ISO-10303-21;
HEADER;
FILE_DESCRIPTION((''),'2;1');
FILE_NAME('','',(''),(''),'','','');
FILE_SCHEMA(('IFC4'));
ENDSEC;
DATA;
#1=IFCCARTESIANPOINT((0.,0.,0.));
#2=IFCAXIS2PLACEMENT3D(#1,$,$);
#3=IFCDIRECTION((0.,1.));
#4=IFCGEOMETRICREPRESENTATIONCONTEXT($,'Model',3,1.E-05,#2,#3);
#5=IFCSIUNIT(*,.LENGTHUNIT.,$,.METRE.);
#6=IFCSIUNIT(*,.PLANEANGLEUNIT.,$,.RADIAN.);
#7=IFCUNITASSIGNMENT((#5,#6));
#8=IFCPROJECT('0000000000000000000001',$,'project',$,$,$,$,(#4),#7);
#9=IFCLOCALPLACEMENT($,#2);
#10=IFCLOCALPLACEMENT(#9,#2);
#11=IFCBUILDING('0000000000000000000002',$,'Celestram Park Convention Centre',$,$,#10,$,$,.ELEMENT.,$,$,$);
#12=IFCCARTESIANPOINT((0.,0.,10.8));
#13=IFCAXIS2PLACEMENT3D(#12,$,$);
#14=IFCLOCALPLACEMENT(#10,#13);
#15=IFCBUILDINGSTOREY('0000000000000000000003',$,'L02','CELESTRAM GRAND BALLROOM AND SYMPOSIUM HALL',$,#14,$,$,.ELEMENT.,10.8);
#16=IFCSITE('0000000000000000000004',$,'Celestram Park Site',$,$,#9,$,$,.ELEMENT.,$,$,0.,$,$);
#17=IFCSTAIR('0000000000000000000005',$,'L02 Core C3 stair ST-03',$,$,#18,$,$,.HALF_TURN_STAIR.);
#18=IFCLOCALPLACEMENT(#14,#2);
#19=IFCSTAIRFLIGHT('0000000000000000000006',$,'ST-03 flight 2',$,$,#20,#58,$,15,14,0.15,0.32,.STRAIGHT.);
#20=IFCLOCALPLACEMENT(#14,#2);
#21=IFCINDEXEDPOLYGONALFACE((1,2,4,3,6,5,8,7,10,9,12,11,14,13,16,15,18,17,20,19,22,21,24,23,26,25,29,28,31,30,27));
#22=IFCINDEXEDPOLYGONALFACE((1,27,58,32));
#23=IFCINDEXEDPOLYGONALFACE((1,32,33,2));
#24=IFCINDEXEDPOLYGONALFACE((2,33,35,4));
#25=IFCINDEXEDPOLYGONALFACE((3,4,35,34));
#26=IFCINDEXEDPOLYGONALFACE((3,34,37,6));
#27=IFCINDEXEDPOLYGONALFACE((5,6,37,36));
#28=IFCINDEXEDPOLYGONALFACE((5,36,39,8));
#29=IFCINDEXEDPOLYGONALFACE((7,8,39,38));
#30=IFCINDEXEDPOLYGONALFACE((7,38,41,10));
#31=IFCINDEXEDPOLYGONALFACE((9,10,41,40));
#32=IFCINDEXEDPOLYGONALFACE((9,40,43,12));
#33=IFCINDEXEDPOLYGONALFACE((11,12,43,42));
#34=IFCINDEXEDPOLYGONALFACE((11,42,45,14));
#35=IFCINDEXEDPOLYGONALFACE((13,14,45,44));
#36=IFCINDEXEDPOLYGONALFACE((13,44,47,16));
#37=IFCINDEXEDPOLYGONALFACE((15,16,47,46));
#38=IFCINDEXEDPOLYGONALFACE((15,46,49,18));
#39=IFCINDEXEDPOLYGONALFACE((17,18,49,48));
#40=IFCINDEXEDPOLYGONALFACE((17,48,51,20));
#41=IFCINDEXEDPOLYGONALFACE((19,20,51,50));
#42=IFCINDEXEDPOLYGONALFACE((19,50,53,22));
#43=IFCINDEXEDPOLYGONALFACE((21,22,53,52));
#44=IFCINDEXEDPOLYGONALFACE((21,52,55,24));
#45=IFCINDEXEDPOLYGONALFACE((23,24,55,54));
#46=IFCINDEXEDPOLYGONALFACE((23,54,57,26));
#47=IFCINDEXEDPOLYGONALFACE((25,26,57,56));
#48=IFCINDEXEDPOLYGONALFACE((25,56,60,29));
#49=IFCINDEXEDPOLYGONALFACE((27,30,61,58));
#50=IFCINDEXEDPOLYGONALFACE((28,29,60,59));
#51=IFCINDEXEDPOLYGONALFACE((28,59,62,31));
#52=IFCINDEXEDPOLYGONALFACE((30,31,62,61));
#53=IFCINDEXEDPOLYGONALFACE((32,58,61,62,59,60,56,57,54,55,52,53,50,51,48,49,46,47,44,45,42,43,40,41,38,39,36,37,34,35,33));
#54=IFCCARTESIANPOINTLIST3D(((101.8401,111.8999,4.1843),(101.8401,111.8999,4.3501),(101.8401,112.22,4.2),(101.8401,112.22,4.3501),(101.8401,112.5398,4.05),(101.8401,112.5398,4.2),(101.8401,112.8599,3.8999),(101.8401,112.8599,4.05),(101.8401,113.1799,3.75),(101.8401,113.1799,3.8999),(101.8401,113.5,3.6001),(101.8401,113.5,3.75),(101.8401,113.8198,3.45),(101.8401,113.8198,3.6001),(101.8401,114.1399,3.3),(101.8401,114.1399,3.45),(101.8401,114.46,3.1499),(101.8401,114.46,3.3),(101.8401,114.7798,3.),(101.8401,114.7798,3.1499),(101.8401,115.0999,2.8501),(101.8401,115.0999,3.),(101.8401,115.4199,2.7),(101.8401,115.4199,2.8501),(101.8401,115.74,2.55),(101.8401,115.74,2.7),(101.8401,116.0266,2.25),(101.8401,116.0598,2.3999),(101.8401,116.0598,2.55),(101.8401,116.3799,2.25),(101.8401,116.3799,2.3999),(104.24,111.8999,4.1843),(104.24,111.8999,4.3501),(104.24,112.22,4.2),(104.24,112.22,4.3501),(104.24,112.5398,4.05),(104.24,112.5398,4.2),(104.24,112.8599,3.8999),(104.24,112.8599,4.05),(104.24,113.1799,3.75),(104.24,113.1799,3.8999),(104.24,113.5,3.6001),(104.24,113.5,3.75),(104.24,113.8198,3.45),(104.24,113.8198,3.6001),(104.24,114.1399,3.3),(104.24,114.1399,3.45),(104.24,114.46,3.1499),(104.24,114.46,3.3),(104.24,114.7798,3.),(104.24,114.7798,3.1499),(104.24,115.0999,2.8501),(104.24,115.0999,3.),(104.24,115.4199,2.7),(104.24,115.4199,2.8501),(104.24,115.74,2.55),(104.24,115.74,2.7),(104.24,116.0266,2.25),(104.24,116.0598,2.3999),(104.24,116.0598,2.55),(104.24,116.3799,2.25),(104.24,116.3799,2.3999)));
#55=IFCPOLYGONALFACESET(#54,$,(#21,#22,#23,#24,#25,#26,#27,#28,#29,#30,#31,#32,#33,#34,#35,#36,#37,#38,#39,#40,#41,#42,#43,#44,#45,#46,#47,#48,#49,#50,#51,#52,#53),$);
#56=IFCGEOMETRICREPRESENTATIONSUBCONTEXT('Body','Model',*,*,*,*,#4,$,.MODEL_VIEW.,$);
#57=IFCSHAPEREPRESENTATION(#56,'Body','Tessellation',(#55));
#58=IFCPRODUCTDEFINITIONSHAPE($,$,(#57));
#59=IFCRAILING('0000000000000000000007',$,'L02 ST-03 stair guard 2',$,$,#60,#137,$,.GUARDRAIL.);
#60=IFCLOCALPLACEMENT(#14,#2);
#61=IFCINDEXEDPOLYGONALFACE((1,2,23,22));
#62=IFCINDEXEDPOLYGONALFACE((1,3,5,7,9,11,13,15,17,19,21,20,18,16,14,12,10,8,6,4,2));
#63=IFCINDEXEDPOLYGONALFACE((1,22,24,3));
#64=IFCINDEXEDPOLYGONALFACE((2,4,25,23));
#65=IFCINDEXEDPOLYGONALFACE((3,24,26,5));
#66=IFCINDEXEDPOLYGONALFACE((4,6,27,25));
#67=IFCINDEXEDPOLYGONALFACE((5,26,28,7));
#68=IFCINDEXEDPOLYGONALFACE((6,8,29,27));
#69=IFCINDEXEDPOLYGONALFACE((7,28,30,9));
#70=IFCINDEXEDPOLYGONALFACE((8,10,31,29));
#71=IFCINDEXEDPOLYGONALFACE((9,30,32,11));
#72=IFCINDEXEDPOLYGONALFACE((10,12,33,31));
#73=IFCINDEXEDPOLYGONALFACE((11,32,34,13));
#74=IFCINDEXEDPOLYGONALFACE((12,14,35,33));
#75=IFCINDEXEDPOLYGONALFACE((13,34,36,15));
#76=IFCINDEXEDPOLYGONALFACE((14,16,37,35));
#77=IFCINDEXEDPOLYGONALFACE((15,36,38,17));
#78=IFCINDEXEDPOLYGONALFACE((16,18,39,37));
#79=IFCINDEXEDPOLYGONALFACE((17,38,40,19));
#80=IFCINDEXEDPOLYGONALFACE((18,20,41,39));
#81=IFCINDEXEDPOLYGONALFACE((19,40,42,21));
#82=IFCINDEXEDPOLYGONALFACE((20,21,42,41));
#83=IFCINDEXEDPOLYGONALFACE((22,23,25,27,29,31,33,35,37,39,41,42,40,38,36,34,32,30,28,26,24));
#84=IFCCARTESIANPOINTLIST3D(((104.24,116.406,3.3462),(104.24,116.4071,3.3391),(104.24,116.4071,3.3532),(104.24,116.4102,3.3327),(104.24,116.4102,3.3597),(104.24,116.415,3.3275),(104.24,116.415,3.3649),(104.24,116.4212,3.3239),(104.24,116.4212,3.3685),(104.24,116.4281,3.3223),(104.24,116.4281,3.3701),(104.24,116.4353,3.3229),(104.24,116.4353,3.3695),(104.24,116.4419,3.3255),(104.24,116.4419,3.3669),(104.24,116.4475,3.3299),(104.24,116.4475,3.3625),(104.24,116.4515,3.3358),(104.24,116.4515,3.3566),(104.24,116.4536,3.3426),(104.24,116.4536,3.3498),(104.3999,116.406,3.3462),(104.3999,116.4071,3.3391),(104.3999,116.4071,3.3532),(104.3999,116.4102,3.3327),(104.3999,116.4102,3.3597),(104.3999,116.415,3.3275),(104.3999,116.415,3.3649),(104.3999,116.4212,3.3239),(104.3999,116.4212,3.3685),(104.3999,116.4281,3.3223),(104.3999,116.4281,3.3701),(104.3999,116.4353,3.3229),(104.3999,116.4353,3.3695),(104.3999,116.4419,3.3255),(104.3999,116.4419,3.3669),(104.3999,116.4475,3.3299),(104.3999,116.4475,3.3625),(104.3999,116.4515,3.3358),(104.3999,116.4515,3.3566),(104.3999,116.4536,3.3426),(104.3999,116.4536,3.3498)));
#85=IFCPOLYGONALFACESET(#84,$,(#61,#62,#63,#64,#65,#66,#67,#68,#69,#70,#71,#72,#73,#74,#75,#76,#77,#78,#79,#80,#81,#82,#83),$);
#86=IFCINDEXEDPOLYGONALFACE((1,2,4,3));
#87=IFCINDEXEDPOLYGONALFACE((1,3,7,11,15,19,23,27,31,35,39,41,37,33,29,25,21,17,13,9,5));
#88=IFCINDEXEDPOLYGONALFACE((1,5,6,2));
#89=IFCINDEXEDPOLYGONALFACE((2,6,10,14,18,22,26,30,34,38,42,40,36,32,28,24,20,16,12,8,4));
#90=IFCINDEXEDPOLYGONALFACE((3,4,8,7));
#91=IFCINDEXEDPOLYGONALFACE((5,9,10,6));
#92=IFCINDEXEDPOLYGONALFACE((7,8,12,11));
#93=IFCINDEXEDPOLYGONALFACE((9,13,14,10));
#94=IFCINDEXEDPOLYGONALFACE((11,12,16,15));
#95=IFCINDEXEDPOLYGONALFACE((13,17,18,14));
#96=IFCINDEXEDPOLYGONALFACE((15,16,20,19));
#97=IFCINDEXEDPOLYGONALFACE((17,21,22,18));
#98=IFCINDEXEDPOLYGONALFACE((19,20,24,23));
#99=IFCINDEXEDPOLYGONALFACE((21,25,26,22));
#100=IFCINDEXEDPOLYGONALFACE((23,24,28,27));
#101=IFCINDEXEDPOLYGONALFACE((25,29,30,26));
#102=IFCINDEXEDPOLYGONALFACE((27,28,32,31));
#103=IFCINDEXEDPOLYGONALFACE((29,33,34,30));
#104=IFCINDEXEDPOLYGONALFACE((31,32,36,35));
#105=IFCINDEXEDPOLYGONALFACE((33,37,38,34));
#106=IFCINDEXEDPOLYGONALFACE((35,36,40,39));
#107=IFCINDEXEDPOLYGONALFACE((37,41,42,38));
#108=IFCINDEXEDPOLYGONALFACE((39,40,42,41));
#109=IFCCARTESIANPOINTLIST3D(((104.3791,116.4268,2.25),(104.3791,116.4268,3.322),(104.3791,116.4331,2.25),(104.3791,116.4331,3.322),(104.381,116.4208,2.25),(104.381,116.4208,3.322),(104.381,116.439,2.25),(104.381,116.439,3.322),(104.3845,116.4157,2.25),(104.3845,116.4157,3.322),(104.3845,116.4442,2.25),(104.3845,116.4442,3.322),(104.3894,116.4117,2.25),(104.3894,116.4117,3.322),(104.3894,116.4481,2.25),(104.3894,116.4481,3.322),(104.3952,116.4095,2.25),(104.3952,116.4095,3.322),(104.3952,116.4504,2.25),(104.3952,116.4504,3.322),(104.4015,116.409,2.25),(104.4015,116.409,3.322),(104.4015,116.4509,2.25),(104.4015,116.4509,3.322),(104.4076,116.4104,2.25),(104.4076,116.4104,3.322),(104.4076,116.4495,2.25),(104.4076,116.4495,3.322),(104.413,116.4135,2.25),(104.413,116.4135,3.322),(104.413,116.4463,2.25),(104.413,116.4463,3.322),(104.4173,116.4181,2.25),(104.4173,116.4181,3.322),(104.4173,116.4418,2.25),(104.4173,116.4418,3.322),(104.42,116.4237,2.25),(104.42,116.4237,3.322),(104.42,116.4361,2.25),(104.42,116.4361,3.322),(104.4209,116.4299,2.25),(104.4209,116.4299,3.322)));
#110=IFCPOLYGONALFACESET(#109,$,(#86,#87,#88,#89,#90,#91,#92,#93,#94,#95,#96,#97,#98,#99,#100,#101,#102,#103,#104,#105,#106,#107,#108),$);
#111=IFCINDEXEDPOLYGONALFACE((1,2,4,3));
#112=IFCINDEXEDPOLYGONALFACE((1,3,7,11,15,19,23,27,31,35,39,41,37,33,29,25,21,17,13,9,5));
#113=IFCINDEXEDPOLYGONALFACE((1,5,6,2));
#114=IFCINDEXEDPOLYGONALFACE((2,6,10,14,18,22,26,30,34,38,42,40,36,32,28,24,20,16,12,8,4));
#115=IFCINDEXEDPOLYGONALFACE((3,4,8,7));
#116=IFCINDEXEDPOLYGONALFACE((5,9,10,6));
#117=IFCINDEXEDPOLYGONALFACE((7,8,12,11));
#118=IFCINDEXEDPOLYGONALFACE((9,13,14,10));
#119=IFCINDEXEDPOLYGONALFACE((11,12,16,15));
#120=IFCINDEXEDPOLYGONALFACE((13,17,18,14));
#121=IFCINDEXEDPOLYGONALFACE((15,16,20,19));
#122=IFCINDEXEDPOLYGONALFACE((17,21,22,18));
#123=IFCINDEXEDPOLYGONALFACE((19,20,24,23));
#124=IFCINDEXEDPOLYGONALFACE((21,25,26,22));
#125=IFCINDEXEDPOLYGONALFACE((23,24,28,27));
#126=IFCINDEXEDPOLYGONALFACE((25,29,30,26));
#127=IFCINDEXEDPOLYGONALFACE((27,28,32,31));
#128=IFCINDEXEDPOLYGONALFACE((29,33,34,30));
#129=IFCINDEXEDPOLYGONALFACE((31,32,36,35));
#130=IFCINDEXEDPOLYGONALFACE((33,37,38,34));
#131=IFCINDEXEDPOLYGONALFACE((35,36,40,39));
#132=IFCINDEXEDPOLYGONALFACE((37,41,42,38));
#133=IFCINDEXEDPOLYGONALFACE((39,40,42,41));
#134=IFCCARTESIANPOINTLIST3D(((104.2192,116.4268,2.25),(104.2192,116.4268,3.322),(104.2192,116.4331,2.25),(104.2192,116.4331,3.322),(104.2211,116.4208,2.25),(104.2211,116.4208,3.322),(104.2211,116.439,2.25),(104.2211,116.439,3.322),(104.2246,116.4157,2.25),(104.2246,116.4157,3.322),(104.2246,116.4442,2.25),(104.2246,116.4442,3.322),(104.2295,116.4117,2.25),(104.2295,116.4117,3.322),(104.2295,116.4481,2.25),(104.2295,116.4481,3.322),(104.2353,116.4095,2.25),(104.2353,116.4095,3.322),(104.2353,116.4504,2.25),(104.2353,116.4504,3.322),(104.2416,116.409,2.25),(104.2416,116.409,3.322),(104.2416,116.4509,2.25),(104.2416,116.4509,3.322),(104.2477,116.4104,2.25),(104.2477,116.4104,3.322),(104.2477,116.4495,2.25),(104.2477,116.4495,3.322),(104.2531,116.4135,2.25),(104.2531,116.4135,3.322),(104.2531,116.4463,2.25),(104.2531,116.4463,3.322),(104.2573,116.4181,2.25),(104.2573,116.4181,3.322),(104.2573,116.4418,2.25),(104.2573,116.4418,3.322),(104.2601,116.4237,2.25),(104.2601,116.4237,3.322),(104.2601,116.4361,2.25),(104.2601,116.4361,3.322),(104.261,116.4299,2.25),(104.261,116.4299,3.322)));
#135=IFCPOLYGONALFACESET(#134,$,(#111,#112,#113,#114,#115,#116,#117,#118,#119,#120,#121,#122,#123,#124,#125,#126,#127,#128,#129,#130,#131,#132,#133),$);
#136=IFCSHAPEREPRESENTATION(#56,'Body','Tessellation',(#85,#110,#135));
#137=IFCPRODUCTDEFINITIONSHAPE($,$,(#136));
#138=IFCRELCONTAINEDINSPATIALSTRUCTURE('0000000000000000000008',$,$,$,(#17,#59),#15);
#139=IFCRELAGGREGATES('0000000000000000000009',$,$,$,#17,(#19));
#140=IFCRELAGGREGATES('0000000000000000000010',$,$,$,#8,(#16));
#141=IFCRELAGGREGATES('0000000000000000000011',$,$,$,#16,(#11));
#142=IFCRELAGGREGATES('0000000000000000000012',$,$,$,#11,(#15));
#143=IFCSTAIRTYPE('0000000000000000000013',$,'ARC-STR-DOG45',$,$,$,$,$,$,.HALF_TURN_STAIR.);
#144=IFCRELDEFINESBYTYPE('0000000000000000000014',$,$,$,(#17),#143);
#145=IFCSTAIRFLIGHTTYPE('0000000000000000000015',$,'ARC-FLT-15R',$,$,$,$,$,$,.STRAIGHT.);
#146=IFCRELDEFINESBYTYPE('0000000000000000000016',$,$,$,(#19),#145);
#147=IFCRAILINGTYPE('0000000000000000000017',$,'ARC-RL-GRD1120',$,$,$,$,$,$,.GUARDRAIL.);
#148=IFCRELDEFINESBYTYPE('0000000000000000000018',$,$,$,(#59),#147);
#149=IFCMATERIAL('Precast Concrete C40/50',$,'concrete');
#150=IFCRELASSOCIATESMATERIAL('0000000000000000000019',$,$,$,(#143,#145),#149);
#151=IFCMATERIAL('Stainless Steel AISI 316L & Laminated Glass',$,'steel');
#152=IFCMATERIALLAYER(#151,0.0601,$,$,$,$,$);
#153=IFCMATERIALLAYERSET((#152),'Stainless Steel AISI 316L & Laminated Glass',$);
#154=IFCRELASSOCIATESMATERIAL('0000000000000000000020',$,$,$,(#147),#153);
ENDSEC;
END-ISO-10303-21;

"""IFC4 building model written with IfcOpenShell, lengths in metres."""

from ifc_helpers import new_model, si_unit, direction, frame, origin, origin_2d, place, context, subcontext, project, spatial, polyline, circle, outline, extrude, material, layer, layer_set, type_object, element, aggregate, save


model = new_model("IFC4")

# Units and contexts
model_context = context("Model", 3, precision=1e-05, world=origin(), true_north=direction((0.0, 1.0)))
body_context = subcontext(model_context, "Body", "Model", "MODEL_VIEW")
ifc_project = project(units=[si_unit("LENGTHUNIT", "METRE"), si_unit("PLANEANGLEUNIT", "RADIAN")], contexts=[model_context])

# Site, building, storey
site_placement = place(None, origin())
site = spatial("IfcSite", under=ifc_project, at=site_placement, Name="Celestram Park Site", CompositionType="ELEMENT", RefElevation=0.0)
building_placement = place(site_placement, origin())
building = spatial("IfcBuilding", under=site, at=building_placement, Name="Celestram Park Convention Centre", CompositionType="ELEMENT")
storey_placement = place(building_placement, frame((0.0, 0.0, 10.8)))
storey = spatial("IfcBuildingStorey", under=building, at=storey_placement, Name="L02", Description="CELESTRAM GRAND BALLROOM AND SYMPOSIUM HALL", CompositionType="ELEMENT", Elevation=10.8)

# Stair, stair flight
ifc_material_1 = material(Name="Precast Concrete C40/50", Category="concrete")
stair_type = type_object("IfcStairType", Name="ARC-STR-DOG45", PredefinedType="HALF_TURN_STAIR", material=ifc_material_1)
stair_placement = place(storey_placement, origin())
stair = element("IfcStair", 1, at=stair_placement, inside=storey, type_object=stair_type, Name="L02 Core C3 stair ST-03", PredefinedType="HALF_TURN_STAIR")
stair_flight_type = type_object("IfcStairFlightType", Name="ARC-FLT-15R", PredefinedType="STRAIGHT", material=ifc_material_1)
stair_flight_placement = place(storey_placement, frame((103.04, 116.3799, 2.25), z_axis=(0.0, 0.0, 1.0), x_axis=(0.0, -1.0, 0.0)))
stair_flight = element("IfcStairFlight", 2, at=stair_flight_placement, type_object=stair_flight_type, Name="ST-03 flight 2", NumberOfRisers=15, NumberOfTreads=14, PredefinedType="STRAIGHT", RiserHeight=0.15, TreadLength=0.32, context=body_context, shape_type="SweptSolid", body=[
    extrude(outline(polyline([(0.0, 0.0), (0.0, 0.1499), (0.3201, 0.1499), (0.3201, 0.3), (0.6399, 0.3), (0.6399, 0.45), (0.96, 0.45), (0.96, 0.6001), (1.28, 0.6001), (1.28, 0.75), (1.6001, 0.75), (1.6001, 0.8999), (1.9199, 0.8999), (1.9199, 1.05), (2.24, 1.05), (2.24, 1.2), (2.5601, 1.2), (2.5601, 1.3501), (2.8799, 1.3501), (2.8799, 1.5), (3.2, 1.5), (3.2, 1.6499), (3.52, 1.6499), (3.52, 1.8), (3.8401, 1.8), (3.8401, 1.95), (4.1599, 1.95), (4.1599, 2.1001), (4.48, 2.1001), (4.48, 2.25), (4.48, 1.9343), (0.3533, 0.0), (0.0, 0.0)])), frame((0.0, 1.2, 0.0), z_axis=(0.0, -1.0, 0.0), x_axis=(1.0, 0.0, 0.0)), (0.0, 0.0, 1.0), 2.3999),
])
aggregate(stair, [stair_flight])

# Railing
ifc_material_2 = material(Name="Stainless Steel AISI 316L & Laminated Glass", Category="steel")
ifc_layer_1 = layer(ifc_material_2, 0.0601)
ifc_layer_set_1 = layer_set([ifc_layer_1], Name="Stainless Steel AISI 316L & Laminated Glass")
railing_type_1 = type_object("IfcRailingType", Name="ARC-RL-GRD1120", PredefinedType="GUARDRAIL", material=ifc_layer_set_1)
railing_1_placement = place(storey_placement, frame((104.3999, 116.4299, 2.25)))
element("IfcRailing", 3, at=railing_1_placement, inside=storey, type_object=railing_type_1, Name="L02 ST-03 stair guard 2", PredefinedType="GUARDRAIL", context=body_context, shape_type="SweptSolid", body=[
    extrude(circle(Radius=0.0239, at=origin_2d()), frame((0.0, 0.0, 1.0962), z_axis=(-1.0, 0.0, 0.0), x_axis=(0.0, -1.0, 0.0)), (0.0, 0.0, 1.0), 0.1599),
    extrude(circle(Radius=0.021, at=origin_2d()), origin(), (0.0, 0.0, 1.0), 1.072),
    extrude(circle(Radius=0.021, at=origin_2d()), frame((-0.1599, 0.0, 0.0)), (0.0, 0.0, 1.0), 1.072),
])

save(model, "model.ifc")
